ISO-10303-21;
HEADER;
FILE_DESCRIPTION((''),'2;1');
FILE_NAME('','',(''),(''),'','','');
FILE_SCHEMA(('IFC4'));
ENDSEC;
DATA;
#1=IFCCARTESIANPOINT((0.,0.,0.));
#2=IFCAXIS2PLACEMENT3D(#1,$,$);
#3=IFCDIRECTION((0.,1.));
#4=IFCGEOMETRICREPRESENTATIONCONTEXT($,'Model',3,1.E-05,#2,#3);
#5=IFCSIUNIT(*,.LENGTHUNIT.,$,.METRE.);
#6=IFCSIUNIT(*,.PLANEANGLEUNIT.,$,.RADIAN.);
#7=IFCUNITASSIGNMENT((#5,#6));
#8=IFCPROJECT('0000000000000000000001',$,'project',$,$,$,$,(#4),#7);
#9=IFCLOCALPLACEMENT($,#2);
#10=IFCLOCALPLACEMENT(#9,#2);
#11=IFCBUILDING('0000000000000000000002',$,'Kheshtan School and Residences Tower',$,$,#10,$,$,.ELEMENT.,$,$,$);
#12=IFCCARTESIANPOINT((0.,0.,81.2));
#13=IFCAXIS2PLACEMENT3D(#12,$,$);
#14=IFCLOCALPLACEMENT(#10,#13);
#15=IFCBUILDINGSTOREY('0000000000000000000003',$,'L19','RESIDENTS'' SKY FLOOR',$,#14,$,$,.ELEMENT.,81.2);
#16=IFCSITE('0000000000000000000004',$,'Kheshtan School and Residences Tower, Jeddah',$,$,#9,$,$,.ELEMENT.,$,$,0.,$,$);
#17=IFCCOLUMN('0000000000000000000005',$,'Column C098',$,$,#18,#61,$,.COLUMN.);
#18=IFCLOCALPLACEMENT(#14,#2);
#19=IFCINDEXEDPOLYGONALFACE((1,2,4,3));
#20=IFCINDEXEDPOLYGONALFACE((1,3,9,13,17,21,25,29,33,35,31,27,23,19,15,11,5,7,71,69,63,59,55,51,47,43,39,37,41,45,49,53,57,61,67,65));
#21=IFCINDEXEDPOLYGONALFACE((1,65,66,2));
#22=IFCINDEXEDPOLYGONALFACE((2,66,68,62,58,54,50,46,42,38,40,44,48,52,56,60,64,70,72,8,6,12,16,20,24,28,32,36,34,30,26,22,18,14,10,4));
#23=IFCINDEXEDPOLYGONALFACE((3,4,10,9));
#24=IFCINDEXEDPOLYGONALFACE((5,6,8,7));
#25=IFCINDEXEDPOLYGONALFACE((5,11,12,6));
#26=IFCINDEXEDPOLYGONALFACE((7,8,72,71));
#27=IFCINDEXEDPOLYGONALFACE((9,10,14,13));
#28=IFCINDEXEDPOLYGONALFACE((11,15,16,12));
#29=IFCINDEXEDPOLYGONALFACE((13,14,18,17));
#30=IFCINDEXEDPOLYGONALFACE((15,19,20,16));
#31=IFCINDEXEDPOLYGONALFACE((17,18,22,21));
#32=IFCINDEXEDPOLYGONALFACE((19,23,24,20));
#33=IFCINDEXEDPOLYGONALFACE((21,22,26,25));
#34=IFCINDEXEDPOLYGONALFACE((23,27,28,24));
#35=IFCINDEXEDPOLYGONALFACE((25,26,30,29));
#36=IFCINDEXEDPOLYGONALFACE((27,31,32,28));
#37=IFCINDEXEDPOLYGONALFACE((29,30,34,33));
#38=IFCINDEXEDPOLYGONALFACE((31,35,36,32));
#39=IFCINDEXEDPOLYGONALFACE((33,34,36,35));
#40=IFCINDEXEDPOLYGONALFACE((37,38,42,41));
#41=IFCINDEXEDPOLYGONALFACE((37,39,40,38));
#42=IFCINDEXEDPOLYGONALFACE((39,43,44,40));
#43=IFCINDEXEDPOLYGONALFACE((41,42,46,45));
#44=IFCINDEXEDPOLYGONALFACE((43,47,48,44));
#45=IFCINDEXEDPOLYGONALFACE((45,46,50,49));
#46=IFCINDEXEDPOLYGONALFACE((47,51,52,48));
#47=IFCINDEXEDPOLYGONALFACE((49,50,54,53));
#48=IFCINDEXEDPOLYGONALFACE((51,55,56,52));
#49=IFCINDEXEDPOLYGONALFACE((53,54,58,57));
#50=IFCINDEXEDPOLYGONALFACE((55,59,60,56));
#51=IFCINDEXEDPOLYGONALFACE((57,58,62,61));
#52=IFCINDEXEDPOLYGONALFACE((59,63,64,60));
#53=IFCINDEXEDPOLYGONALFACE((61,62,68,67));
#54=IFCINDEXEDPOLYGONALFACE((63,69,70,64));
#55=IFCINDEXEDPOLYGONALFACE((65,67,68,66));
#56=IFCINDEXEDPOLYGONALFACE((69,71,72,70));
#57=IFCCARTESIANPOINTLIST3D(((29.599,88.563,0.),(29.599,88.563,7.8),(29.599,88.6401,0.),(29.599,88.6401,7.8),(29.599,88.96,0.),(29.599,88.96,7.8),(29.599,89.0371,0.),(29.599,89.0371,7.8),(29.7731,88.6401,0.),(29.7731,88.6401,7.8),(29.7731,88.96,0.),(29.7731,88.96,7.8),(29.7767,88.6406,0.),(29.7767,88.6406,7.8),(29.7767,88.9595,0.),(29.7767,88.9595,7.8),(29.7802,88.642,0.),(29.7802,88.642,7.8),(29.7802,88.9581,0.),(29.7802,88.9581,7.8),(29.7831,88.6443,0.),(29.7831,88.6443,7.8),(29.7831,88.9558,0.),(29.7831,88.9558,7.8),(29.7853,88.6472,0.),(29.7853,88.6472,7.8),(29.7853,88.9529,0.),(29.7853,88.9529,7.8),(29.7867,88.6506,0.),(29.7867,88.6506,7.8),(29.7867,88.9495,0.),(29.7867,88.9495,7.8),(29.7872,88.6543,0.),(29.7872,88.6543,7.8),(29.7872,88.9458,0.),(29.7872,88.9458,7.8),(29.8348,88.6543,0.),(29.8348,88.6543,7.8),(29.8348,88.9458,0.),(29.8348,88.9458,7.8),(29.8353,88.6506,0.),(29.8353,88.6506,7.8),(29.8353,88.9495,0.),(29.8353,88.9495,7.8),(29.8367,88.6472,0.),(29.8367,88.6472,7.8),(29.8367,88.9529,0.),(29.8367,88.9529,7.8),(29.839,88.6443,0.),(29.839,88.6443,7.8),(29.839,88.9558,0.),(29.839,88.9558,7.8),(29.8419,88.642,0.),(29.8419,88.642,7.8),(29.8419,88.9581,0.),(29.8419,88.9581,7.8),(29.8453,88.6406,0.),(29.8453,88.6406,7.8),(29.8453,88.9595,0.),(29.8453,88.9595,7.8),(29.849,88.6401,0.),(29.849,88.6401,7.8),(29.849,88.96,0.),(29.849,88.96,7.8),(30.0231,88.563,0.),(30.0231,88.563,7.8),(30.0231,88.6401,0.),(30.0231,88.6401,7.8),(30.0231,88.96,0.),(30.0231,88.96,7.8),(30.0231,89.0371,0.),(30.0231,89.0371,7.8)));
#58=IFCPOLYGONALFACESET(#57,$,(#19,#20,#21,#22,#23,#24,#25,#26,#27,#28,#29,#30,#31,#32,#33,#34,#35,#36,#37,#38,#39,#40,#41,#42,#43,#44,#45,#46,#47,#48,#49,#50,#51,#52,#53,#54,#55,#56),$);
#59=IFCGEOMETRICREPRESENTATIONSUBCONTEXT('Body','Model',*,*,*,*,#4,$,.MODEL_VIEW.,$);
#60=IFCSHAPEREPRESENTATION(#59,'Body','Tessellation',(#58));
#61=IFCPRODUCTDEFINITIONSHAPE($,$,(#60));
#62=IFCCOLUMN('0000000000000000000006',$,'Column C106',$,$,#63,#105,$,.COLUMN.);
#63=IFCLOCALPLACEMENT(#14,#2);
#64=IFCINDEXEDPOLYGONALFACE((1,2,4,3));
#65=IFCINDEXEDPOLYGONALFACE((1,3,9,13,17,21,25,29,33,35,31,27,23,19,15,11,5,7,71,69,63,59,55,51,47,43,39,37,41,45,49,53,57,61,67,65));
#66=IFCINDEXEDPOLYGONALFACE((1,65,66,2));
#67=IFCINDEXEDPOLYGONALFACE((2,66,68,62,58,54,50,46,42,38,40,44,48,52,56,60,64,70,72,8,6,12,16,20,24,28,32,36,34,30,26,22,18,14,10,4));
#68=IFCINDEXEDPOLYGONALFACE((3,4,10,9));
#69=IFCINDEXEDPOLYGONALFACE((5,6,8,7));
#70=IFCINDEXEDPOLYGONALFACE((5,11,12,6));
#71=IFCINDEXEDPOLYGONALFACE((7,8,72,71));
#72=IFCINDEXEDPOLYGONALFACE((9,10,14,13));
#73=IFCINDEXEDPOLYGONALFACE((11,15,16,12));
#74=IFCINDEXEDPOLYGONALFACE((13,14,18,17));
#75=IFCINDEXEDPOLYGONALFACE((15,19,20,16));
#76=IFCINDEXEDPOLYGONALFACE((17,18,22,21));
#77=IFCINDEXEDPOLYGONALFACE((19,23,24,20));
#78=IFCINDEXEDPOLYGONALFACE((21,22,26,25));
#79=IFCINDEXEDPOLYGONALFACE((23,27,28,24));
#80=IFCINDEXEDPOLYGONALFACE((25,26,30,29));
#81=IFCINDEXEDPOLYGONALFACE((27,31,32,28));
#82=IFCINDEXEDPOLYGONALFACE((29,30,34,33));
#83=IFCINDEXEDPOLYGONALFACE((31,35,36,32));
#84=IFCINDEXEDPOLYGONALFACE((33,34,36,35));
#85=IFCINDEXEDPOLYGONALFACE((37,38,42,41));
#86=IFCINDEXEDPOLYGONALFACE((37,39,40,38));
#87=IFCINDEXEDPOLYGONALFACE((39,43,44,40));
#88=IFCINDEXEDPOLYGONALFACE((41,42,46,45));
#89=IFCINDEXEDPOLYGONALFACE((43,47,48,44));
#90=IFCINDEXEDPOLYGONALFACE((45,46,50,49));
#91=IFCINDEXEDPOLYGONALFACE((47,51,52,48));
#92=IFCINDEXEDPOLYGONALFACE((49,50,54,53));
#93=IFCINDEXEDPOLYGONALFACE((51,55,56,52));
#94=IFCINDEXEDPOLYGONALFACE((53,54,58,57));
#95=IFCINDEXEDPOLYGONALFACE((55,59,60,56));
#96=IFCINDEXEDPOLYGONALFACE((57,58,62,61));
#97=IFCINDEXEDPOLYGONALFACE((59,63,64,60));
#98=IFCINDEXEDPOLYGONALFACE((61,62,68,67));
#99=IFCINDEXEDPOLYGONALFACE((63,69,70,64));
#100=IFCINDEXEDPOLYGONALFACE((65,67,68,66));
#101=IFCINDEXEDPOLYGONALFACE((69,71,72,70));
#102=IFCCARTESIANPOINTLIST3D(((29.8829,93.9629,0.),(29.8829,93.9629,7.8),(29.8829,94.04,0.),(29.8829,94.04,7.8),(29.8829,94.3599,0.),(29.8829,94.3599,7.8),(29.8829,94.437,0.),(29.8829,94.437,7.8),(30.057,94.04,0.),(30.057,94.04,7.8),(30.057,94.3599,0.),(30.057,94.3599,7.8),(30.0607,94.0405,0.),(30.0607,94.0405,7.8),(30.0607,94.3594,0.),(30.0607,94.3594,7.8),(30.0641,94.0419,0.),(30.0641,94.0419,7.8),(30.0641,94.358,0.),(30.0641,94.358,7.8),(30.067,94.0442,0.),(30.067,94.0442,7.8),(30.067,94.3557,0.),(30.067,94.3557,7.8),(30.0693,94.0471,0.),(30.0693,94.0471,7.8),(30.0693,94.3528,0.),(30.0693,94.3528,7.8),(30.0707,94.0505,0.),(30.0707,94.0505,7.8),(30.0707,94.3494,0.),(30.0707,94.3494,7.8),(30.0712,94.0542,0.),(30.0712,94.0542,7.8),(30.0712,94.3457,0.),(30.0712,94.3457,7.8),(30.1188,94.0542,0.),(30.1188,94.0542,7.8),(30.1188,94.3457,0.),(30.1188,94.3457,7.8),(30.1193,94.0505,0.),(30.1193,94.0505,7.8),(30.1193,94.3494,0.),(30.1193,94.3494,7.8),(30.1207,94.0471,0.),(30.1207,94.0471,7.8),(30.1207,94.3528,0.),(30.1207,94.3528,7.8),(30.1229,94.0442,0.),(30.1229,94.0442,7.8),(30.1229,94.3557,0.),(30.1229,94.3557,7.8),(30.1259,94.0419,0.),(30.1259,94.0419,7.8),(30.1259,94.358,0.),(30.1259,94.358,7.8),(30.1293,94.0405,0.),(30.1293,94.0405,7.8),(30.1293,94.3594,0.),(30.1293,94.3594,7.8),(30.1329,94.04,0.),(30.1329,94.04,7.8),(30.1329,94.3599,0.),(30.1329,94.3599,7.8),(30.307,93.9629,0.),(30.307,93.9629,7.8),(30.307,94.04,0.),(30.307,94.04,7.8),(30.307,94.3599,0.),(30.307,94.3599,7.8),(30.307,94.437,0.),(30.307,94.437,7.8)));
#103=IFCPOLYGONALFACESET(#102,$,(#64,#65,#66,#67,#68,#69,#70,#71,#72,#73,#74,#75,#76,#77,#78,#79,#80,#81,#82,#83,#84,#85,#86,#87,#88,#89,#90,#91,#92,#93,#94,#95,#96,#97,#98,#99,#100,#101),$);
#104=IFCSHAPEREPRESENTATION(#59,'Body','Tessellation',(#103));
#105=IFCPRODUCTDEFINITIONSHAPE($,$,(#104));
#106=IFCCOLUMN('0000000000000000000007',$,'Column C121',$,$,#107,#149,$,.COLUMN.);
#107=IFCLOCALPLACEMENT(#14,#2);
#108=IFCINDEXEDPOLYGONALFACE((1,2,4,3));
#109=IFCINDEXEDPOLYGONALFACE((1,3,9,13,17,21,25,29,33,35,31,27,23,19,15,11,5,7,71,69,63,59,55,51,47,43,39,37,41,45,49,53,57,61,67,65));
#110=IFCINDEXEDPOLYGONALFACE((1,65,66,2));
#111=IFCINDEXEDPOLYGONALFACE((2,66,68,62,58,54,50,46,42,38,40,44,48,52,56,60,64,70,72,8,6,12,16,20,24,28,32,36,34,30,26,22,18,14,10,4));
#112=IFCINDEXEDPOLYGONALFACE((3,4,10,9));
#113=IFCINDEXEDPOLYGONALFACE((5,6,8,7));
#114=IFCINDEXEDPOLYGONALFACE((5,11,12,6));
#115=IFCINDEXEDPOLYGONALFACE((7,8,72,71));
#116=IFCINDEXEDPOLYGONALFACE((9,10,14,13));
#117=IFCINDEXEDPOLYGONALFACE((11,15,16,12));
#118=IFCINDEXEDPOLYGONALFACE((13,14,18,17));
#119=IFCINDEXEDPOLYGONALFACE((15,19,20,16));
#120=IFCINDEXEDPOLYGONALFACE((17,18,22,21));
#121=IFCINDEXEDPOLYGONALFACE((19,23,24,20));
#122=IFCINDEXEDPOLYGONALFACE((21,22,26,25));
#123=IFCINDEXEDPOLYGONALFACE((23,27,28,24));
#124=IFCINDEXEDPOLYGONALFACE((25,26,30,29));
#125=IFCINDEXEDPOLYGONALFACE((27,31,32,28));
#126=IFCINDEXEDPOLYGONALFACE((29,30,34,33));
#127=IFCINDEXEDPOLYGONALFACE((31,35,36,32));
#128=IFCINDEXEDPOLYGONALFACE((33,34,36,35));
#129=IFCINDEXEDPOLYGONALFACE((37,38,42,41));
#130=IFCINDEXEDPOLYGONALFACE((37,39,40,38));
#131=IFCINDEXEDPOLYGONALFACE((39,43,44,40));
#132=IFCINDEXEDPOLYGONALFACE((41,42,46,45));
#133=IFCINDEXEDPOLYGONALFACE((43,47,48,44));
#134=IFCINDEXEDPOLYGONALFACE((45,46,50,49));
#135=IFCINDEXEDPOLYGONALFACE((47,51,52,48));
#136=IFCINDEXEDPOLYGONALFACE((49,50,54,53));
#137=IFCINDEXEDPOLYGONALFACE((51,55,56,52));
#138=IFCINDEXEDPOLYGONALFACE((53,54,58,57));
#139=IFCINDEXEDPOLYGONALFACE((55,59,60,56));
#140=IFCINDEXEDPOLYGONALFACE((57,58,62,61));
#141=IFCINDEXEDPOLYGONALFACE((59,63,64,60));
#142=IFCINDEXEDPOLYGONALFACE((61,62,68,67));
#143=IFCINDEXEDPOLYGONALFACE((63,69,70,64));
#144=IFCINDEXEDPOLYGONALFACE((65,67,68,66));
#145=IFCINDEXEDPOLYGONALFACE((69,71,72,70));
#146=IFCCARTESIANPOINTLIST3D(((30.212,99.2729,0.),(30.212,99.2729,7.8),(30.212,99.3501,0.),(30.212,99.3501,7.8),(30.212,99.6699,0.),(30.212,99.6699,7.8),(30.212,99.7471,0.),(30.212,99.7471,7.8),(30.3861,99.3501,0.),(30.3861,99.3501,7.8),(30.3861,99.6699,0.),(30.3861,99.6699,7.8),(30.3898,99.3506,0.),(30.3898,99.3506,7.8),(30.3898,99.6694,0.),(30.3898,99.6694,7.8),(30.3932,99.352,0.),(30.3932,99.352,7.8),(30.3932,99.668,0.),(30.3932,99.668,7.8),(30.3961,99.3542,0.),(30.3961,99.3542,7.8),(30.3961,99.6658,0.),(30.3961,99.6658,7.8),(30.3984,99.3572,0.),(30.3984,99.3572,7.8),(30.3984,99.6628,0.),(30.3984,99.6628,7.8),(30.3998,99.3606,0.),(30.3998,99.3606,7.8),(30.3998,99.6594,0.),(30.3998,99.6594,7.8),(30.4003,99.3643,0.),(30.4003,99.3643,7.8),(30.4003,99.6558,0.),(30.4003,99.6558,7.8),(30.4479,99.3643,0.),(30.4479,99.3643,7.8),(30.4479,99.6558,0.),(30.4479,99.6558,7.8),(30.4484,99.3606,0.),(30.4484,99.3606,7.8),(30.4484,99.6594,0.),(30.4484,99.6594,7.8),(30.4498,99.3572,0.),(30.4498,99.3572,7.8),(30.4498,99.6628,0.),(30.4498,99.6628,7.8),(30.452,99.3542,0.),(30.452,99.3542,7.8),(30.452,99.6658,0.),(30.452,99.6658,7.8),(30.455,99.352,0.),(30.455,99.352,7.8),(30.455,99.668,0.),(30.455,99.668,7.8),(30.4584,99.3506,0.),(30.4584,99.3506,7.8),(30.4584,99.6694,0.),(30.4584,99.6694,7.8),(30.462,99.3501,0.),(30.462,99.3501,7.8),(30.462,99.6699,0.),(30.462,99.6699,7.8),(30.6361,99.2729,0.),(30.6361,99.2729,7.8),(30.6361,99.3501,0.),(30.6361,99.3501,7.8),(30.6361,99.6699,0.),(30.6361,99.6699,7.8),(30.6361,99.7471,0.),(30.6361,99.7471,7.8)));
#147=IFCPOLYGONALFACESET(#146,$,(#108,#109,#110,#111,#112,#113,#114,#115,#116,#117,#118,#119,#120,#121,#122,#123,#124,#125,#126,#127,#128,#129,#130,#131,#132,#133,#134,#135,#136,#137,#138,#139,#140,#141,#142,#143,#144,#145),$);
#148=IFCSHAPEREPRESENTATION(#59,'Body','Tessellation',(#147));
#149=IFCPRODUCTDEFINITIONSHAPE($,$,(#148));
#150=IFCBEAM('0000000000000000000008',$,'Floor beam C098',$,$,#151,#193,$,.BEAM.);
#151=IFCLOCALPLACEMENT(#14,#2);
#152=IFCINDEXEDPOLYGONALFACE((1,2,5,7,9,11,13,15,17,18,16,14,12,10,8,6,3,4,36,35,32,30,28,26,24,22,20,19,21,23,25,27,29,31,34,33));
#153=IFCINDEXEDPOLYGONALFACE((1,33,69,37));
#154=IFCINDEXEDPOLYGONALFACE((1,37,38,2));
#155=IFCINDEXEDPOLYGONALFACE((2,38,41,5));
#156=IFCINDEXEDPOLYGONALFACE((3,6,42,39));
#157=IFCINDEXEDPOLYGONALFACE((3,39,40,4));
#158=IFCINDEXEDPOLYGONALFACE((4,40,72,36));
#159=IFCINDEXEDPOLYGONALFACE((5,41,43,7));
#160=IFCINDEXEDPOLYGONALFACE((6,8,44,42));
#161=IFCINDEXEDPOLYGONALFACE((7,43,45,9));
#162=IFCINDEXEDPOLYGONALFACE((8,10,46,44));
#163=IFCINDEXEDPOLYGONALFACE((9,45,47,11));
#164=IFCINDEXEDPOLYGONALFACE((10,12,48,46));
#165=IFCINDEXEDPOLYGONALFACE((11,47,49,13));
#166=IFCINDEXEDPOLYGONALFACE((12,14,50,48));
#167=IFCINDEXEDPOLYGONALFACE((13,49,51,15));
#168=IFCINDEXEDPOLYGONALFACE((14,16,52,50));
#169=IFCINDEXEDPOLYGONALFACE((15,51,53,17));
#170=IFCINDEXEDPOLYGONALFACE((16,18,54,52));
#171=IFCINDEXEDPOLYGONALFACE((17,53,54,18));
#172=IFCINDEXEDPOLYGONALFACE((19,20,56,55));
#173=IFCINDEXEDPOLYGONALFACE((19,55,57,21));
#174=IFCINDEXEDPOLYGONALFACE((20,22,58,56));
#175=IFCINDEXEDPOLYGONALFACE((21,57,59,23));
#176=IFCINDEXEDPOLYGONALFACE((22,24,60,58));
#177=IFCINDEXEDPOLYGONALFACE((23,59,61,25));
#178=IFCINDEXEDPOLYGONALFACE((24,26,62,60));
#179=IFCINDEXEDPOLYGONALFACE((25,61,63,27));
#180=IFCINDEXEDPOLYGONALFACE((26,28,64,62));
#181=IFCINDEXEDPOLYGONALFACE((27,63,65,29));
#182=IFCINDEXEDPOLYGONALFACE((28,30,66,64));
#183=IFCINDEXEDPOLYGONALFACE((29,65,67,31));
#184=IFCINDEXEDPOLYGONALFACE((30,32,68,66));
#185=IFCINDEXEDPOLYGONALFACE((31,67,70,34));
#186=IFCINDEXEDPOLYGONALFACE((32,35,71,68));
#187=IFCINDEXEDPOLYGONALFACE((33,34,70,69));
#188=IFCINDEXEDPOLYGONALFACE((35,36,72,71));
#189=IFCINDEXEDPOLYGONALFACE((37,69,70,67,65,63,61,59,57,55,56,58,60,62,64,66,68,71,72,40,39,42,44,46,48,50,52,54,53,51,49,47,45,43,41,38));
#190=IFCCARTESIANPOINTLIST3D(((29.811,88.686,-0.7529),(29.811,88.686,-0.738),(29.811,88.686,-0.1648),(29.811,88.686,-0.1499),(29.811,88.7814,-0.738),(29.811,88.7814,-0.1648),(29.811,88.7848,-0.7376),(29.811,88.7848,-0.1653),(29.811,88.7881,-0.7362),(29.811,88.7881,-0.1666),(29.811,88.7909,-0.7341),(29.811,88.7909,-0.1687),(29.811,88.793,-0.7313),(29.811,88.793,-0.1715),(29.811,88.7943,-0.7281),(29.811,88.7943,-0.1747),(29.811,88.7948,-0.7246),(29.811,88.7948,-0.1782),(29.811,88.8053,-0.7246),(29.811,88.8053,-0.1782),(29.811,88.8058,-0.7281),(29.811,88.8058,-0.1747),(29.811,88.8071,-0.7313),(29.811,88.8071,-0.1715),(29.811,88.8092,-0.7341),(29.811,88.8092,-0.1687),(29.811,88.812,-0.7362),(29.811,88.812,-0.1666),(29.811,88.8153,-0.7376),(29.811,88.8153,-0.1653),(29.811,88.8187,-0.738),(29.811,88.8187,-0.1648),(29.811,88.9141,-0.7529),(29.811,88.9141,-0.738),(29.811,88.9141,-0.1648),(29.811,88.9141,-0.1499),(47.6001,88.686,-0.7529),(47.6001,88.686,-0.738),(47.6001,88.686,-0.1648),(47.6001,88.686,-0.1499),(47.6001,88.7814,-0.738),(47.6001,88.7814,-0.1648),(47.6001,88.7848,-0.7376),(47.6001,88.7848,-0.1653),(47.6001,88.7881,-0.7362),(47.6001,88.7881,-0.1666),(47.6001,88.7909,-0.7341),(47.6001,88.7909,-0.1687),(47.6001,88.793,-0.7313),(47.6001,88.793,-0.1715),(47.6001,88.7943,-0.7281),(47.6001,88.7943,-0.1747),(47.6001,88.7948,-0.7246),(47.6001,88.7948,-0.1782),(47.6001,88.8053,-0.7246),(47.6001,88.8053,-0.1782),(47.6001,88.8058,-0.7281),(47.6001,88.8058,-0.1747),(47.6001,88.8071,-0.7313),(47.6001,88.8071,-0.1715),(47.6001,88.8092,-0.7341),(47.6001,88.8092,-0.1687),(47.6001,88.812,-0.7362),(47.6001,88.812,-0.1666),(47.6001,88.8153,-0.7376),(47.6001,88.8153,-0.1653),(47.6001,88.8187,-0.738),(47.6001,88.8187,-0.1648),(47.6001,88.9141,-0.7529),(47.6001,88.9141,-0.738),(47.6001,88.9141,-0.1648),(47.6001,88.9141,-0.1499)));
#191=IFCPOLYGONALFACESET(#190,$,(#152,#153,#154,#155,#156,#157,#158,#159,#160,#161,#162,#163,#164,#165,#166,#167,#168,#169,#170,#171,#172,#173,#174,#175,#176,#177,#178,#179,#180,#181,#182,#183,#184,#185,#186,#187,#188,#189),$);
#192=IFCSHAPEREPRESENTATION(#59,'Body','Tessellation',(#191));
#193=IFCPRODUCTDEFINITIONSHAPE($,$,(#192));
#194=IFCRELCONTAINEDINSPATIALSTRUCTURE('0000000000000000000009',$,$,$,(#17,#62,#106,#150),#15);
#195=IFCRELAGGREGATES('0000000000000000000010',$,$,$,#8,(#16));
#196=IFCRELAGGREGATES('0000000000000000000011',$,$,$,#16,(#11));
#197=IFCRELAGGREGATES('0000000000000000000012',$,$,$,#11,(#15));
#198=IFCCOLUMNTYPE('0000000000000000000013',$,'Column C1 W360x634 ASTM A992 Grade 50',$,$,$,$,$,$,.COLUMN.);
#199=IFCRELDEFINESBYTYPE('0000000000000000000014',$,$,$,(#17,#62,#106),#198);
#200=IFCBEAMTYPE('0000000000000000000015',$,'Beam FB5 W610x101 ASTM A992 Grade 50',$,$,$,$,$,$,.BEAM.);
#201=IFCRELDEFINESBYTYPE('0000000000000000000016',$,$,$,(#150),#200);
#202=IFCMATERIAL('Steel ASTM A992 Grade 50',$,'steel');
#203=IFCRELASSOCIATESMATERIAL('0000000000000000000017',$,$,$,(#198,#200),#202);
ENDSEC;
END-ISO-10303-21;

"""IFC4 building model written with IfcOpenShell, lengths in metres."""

from ifc_helpers import new_model, si_unit, direction, frame, origin, origin_2d, place, context, subcontext, project, spatial, i_section, extrude, material, material_profile, profile_set, type_object, element, save


model = new_model("IFC4")

# Units and contexts
model_context = context("Model", 3, precision=1e-05, world=origin(), true_north=direction((0.0, 1.0)))
body_context = subcontext(model_context, "Body", "Model", "MODEL_VIEW")
ifc_project = project(units=[si_unit("LENGTHUNIT", "METRE"), si_unit("PLANEANGLEUNIT", "RADIAN")], contexts=[model_context])

# Site, building, storey
site_placement = place(None, origin())
site = spatial("IfcSite", under=ifc_project, at=site_placement, Name="Kheshtan School and Residences Tower, Jeddah", CompositionType="ELEMENT", RefElevation=0.0)
building_placement = place(site_placement, origin())
building = spatial("IfcBuilding", under=site, at=building_placement, Name="Kheshtan School and Residences Tower", CompositionType="ELEMENT")
storey_placement = place(building_placement, frame((0.0, 0.0, 81.2)))
storey = spatial("IfcBuildingStorey", under=building, at=storey_placement, Name="L19", Description="RESIDENTS' SKY FLOOR", CompositionType="ELEMENT", Elevation=81.2)

# Columns
ifc_material_1 = material(Name="Steel ASTM A992 Grade 50", Category="steel")
ifc_material_profile_1 = material_profile(ifc_material_1, i_section(OverallWidth=0.4241, OverallDepth=0.4741, WebThickness=0.0476, FlangeThickness=0.0771, FilletRadius=0.0142, at=origin_2d()), Name="W360x634")
ifc_profile_set_1 = profile_set([ifc_material_profile_1], Name="Steel ASTM A992 Grade 50")
column_type = type_object("IfcColumnType", Name="Column C1 W360x634 ASTM A992 Grade 50", PredefinedType="COLUMN", material=ifc_profile_set_1)
for number, where, z_axis, x_axis, name in (
    (1, (29.811, 88.8, 0.0), (0.0, 0.0, 1.0), (1.0, 0.0, 0.0), "Column C098"),
    (2, (30.095, 94.2, 0.0), (0.0, 0.0, 1.0), (1.0, 0.0, 0.0), "Column C106"),
    (3, (30.4241, 99.51, 0.0), (0.0, 0.0, 1.0), (1.0, 0.0, 0.0), "Column C121"),
):
    element("IfcColumn", number, at=place(storey_placement, frame(where, z_axis=z_axis, x_axis=x_axis)), inside=storey, type_object=column_type, Name=name, PredefinedType="COLUMN", context=body_context, shape_type="SweptSolid", body=[
        extrude(i_section(OverallWidth=0.4241, OverallDepth=0.4741, WebThickness=0.0476, FlangeThickness=0.0771, FilletRadius=0.0142, at=origin_2d()), origin(), (0.0, 0.0, 1.0), 7.8),
    ])

# Beam
ifc_material_profile_2 = material_profile(ifc_material_1, i_section(OverallWidth=0.228, OverallDepth=0.603, WebThickness=0.0105, FlangeThickness=0.0149, FilletRadius=0.0134, at=origin_2d()), Name="W610x101")
ifc_profile_set_2 = profile_set([ifc_material_profile_2], Name="Steel ASTM A992 Grade 50")
beam_type_1 = type_object("IfcBeamType", Name="Beam FB5 W610x101 ASTM A992 Grade 50", PredefinedType="BEAM", material=ifc_profile_set_2)
beam_1_placement = place(storey_placement, frame((29.811, 88.8, -0.4514), z_axis=(1.0, 0.0, 0.0), x_axis=(0.0, 1.0, 0.0)))
element("IfcBeam", 4, at=beam_1_placement, inside=storey, type_object=beam_type_1, Name="Floor beam C098", PredefinedType="BEAM", context=body_context, shape_type="SweptSolid", body=[
    extrude(i_section(OverallWidth=0.228, OverallDepth=0.603, WebThickness=0.0105, FlangeThickness=0.0149, FilletRadius=0.0134, at=origin_2d()), origin(), (0.0, 0.0, 1.0), 17.7891),
])

save(model, "model.ifc")
